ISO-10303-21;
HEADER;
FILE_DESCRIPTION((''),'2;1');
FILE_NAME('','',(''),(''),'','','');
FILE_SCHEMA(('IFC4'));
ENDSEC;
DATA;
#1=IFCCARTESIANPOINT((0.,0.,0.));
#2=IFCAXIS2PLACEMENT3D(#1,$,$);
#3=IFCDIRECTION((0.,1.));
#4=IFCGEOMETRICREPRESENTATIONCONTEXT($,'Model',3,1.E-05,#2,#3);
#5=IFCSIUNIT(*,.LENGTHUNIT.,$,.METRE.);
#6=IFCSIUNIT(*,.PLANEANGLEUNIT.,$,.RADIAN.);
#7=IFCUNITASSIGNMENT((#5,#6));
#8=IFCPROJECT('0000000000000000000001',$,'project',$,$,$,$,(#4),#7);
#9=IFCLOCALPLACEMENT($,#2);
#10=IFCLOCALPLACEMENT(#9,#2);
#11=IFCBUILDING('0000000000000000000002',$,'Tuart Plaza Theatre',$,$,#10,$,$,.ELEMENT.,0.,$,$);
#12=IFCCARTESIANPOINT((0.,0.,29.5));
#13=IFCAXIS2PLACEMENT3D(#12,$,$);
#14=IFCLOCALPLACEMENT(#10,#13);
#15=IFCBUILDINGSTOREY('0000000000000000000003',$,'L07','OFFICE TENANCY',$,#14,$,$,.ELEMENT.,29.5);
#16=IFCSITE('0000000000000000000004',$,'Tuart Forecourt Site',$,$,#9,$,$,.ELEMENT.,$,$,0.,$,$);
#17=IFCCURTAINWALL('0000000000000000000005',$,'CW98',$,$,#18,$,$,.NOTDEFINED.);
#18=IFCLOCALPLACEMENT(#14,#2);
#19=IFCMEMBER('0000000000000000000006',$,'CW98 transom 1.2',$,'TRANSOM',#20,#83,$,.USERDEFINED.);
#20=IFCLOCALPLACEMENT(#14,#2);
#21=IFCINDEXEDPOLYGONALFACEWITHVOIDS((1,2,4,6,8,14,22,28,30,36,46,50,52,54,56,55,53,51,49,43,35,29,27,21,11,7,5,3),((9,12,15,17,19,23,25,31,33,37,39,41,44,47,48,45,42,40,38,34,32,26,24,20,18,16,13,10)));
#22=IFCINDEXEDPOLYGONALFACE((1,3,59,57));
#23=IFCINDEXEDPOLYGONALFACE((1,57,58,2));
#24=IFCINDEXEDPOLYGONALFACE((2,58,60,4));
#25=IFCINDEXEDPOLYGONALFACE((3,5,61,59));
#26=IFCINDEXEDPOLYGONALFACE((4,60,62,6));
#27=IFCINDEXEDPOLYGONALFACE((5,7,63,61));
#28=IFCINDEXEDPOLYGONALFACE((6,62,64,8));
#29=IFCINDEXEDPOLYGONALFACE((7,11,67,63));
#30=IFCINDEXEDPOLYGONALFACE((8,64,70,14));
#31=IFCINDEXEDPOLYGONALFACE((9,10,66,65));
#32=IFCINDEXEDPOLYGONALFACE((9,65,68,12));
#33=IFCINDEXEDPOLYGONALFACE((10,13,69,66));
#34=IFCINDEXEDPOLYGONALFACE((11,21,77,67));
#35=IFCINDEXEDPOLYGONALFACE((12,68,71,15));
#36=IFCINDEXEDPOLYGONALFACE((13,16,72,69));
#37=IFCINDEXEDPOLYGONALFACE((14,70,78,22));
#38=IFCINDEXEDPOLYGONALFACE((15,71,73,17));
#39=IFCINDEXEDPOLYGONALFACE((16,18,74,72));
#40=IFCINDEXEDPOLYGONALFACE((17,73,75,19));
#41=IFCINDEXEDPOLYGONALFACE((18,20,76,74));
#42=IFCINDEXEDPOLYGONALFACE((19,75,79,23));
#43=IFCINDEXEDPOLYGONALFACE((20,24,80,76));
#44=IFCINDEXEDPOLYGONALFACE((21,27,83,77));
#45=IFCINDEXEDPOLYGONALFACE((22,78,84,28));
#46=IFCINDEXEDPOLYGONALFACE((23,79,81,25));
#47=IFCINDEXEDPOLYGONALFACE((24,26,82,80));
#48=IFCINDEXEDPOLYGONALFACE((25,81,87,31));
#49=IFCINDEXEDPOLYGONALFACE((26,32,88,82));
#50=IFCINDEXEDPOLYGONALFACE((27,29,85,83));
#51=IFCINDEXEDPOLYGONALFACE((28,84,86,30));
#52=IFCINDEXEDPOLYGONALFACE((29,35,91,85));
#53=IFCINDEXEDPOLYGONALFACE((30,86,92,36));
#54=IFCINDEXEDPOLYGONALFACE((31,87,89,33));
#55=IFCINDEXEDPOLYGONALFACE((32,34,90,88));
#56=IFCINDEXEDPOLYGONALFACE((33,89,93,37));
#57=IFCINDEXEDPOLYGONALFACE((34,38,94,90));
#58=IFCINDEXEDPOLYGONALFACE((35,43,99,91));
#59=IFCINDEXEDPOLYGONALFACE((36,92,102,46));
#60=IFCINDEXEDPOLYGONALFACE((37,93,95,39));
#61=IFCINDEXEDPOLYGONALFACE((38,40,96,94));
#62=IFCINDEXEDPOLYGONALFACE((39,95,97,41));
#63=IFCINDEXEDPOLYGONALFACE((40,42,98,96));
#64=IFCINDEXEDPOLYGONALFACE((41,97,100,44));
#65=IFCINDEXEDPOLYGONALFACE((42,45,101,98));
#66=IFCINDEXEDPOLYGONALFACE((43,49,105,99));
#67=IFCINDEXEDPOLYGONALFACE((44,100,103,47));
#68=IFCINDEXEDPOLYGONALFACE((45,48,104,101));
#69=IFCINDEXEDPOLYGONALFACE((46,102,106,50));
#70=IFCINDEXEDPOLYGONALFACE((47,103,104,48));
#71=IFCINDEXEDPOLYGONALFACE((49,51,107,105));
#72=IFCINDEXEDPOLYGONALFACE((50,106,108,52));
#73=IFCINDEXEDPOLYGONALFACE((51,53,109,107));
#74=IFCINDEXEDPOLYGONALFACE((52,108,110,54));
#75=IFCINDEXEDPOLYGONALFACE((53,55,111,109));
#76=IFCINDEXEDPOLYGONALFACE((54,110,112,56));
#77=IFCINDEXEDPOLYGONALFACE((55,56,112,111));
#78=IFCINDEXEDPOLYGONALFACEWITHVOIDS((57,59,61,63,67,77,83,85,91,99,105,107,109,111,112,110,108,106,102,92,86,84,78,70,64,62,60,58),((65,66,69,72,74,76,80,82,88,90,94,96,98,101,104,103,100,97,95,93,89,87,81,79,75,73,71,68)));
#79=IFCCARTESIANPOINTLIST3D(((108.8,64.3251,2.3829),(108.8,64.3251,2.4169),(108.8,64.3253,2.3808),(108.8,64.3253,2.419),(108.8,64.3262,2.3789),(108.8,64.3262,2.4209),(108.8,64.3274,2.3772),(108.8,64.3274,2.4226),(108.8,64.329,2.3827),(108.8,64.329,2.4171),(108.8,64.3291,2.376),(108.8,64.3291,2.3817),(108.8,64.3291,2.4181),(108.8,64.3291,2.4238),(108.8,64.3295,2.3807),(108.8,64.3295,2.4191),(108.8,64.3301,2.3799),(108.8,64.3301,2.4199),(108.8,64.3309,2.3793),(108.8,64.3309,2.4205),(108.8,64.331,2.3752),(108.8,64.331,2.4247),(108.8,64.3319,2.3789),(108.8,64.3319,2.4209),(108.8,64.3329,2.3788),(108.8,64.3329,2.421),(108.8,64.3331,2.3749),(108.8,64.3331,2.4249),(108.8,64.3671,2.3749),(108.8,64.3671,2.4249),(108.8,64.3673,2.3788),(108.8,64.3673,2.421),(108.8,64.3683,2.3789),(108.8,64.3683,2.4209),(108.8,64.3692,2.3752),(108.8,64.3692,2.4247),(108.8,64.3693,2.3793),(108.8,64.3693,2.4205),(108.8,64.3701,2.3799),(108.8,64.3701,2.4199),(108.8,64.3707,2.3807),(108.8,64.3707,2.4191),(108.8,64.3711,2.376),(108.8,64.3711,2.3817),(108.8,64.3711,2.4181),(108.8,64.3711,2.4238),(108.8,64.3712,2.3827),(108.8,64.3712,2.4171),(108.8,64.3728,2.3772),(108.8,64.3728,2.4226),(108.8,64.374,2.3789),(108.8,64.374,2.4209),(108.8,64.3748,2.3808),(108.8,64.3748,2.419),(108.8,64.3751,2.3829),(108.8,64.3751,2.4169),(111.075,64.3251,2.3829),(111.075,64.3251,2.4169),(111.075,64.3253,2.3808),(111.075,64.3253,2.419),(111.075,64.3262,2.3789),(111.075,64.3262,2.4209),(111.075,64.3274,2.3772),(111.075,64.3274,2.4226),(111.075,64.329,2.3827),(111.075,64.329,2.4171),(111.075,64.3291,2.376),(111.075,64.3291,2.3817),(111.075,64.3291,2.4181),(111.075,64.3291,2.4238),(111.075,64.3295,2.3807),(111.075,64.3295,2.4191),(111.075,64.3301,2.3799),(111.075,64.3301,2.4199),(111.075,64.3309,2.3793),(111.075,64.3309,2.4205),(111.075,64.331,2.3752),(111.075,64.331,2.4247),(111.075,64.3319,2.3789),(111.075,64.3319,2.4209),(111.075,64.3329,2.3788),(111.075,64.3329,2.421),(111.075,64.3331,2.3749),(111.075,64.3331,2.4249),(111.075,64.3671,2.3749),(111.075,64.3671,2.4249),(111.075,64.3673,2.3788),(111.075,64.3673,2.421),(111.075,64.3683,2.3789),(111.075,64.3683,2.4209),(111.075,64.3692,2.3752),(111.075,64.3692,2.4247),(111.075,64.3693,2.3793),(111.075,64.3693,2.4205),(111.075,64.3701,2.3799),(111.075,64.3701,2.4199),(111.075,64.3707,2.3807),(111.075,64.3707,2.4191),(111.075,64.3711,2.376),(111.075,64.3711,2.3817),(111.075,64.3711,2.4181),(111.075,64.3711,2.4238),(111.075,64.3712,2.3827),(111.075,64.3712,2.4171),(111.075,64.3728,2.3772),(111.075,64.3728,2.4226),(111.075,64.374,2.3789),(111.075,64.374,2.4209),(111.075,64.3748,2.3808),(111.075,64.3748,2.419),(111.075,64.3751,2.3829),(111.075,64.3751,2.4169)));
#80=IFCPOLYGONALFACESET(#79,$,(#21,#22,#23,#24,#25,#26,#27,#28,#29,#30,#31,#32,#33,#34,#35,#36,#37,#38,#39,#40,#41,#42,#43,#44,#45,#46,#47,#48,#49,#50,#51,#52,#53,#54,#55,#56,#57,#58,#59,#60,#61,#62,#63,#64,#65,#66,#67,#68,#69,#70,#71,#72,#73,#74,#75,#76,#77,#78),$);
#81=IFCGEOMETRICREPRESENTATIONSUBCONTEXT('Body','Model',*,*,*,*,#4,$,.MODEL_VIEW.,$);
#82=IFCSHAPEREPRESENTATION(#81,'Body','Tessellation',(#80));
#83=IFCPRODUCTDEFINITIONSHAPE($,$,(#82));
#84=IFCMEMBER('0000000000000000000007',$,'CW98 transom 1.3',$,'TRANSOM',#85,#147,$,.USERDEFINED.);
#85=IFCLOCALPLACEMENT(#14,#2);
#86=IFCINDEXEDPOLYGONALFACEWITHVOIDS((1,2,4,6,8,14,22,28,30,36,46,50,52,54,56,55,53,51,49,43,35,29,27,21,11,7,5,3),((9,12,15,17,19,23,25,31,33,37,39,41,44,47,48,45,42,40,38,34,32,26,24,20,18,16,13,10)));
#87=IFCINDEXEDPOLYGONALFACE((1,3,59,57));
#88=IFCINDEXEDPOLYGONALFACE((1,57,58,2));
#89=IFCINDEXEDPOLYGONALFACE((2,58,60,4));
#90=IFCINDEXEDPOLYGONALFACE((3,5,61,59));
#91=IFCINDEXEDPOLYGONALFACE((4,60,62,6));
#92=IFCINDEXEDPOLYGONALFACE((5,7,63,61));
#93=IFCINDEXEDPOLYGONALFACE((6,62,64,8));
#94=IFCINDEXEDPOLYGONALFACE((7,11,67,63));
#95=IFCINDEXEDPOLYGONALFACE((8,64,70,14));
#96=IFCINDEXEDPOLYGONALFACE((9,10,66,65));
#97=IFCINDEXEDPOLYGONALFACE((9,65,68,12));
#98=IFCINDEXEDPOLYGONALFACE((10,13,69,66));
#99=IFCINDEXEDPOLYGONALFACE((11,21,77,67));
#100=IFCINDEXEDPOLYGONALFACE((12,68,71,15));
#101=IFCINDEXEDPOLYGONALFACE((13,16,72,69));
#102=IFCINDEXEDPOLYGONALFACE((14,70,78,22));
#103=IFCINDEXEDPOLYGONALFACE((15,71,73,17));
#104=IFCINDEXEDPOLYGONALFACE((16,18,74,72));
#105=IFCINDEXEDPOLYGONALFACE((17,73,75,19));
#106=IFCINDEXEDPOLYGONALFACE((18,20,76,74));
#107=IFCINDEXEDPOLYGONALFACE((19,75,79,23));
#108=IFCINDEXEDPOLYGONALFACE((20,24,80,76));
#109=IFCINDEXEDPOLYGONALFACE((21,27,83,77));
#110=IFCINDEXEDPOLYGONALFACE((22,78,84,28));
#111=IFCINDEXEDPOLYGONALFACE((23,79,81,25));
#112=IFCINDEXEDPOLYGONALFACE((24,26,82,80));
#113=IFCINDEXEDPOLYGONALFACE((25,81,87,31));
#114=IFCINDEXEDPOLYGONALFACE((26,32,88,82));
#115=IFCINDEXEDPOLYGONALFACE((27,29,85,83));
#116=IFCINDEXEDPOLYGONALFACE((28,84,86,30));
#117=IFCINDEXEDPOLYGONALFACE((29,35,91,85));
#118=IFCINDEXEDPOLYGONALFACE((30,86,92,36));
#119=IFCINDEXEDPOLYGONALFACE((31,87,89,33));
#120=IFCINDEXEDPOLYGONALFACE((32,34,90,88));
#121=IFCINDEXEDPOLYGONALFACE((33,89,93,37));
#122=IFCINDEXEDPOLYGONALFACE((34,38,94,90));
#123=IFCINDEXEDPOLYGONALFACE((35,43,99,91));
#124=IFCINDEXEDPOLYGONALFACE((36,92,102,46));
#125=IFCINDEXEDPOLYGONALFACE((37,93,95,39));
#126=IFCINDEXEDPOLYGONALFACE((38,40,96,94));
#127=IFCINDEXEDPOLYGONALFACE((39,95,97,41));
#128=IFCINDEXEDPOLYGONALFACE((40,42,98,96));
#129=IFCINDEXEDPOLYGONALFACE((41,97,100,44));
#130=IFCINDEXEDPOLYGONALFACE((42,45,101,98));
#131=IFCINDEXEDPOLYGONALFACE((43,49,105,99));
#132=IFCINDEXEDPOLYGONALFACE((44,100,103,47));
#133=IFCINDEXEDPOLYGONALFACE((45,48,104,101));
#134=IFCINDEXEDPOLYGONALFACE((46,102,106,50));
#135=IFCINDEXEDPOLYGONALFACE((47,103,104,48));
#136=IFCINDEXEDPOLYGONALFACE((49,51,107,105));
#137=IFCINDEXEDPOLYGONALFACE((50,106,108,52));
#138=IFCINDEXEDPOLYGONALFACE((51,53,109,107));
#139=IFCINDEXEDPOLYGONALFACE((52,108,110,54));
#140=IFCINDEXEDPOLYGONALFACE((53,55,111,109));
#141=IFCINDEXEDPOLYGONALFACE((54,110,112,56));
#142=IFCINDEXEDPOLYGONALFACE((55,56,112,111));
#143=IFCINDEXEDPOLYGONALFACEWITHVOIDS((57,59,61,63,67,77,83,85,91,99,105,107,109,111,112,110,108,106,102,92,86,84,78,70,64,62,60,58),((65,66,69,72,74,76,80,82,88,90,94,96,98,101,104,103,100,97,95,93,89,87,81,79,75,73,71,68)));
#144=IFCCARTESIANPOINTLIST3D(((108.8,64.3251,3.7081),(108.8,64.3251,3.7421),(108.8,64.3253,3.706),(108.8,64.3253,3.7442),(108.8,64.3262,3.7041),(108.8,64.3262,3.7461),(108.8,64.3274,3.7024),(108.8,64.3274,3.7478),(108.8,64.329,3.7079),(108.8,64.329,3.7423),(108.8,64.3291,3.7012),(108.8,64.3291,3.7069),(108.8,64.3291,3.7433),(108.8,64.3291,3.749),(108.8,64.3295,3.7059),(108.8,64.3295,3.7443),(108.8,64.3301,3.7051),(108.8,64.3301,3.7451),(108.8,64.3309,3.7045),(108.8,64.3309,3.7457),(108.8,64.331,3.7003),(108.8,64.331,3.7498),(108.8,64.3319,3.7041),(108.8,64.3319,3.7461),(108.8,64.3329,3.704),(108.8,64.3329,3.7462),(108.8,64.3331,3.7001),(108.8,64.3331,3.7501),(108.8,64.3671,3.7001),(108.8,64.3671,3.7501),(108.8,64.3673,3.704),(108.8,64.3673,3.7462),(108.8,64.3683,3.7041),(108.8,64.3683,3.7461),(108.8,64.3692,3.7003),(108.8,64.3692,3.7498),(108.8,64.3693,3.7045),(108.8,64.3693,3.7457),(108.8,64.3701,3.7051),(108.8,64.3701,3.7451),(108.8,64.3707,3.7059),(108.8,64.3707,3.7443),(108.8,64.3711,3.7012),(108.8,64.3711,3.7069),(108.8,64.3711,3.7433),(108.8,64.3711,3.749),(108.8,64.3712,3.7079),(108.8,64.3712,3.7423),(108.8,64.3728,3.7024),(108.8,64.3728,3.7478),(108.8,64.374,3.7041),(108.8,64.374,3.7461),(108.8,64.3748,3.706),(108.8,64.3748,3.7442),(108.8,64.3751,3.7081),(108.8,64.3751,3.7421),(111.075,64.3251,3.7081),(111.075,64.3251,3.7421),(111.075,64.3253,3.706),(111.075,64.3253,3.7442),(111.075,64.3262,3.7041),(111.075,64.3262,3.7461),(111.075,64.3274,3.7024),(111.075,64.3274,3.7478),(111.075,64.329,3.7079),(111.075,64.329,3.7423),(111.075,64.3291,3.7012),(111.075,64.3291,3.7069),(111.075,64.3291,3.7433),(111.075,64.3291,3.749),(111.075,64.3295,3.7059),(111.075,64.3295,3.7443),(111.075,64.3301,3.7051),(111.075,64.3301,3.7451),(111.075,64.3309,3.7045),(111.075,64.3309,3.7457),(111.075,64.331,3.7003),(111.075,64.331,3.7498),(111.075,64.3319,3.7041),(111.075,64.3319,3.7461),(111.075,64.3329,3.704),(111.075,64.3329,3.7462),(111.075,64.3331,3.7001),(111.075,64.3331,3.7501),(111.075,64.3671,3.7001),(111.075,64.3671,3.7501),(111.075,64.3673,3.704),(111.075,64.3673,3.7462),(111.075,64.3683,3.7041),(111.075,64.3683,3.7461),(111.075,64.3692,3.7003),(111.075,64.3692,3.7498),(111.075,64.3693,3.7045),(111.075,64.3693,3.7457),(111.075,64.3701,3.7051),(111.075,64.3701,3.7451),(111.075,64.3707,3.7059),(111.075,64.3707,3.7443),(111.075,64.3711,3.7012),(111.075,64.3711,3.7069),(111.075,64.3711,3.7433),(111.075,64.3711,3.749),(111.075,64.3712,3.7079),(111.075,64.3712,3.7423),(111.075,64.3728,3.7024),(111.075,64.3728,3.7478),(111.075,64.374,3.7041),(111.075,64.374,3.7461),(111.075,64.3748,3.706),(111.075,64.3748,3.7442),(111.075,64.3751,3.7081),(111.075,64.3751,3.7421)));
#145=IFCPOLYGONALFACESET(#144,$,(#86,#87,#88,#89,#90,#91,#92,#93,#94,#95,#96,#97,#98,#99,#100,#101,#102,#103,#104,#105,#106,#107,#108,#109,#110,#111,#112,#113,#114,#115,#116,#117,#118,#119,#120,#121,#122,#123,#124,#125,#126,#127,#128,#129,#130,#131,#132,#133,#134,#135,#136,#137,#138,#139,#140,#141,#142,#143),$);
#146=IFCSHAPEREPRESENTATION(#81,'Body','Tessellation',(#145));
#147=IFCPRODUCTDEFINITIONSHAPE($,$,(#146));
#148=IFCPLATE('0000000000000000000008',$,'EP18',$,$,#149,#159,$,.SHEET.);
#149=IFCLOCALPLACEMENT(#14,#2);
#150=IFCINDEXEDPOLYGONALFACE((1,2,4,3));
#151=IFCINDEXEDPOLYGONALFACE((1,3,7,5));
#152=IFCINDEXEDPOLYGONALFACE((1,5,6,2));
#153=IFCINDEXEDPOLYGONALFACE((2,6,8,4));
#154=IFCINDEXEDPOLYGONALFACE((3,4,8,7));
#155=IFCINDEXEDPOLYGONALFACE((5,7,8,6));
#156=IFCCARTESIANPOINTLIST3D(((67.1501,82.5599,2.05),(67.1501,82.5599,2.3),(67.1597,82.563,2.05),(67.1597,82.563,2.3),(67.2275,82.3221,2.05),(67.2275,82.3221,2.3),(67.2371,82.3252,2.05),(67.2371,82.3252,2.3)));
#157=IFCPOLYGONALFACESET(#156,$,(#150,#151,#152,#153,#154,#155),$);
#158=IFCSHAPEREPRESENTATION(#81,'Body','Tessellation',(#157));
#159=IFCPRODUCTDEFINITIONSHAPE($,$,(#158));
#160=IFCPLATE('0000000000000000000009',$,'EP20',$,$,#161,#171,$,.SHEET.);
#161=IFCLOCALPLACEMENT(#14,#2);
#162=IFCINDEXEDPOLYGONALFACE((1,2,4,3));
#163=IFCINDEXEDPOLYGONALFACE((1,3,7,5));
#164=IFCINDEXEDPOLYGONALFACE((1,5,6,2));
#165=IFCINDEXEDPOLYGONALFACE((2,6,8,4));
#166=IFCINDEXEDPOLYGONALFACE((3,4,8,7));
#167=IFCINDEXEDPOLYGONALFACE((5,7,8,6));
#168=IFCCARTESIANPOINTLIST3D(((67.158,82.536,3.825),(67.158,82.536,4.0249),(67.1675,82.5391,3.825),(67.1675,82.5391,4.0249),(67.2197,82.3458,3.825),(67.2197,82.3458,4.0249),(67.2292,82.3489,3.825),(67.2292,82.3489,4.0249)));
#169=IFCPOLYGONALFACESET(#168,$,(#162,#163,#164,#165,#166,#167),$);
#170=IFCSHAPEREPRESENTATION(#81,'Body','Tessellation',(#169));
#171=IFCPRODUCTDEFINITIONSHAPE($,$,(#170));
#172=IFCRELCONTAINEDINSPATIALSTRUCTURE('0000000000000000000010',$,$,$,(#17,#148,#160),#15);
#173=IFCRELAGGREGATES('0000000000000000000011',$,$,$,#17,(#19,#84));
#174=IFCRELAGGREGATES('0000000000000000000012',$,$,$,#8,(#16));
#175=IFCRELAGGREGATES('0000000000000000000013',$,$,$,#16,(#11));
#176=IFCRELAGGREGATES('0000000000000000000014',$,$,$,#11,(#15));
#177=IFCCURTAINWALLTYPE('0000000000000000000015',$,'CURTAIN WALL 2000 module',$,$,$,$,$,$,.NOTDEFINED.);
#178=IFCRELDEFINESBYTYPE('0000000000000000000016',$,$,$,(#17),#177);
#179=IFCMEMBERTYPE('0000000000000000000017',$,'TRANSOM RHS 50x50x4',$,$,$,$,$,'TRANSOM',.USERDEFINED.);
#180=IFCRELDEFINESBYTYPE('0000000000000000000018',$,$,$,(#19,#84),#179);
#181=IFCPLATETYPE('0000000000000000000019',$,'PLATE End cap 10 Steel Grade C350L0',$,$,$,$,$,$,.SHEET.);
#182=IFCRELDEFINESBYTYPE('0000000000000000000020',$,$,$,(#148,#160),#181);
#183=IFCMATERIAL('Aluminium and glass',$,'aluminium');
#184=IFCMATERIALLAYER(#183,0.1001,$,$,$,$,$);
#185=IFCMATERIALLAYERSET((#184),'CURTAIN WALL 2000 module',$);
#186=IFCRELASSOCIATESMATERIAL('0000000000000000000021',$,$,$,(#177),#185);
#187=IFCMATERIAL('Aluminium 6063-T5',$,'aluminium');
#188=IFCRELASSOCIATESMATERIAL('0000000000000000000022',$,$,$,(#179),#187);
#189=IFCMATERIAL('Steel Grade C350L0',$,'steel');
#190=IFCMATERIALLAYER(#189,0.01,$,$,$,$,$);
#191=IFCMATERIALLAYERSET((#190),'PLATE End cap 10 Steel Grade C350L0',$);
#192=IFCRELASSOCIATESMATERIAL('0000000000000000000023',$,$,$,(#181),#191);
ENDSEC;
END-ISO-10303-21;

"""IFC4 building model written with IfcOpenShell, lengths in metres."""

from ifc_helpers import new_model, si_unit, direction, frame, origin, origin_2d, place, context, subcontext, project, spatial, polyline, hollow_rectangle, outline, extrude, material, layer, layer_set, material_profile, profile_set, type_object, element, aggregate, save


model = new_model("IFC4")

# Units and contexts
model_context = context("Model", 3, precision=1e-05, world=origin(), true_north=direction((0.0, 1.0)))
body_context = subcontext(model_context, "Body", "Model", "MODEL_VIEW")
ifc_project = project(units=[si_unit("LENGTHUNIT", "METRE"), si_unit("PLANEANGLEUNIT", "RADIAN")], contexts=[model_context])

# Site, building, storey
site_placement = place(None, origin())
site = spatial("IfcSite", under=ifc_project, at=site_placement, Name="Tuart Forecourt Site", CompositionType="ELEMENT", RefElevation=0.0)
building_placement = place(site_placement, origin())
building = spatial("IfcBuilding", under=site, at=building_placement, Name="Tuart Plaza Theatre", CompositionType="ELEMENT", ElevationOfRefHeight=0.0)
storey_placement = place(building_placement, frame((0.0, 0.0, 29.5)))
storey = spatial("IfcBuildingStorey", under=building, at=storey_placement, Name="L07", Description="OFFICE TENANCY", CompositionType="ELEMENT", Elevation=29.5)

# Shared definitions
ifc_material_1 = material(Name="Aluminium and glass", Category="aluminium")
ifc_layer_1 = layer(ifc_material_1, 0.1001)
ifc_layer_set_1 = layer_set([ifc_layer_1], Name="CURTAIN WALL 2000 module")
curtain_wall_type = type_object("IfcCurtainWallType", Name="CURTAIN WALL 2000 module", PredefinedType="NOTDEFINED", material=ifc_layer_set_1)

# Curtain wall, members
curtain_wall_1_placement = place(storey_placement, origin())
curtain_wall_1 = element("IfcCurtainWall", 1, at=curtain_wall_1_placement, inside=storey, type_object=curtain_wall_type, Name="CW98", PredefinedType="NOTDEFINED")
ifc_material_2 = material(Name="Aluminium 6063-T5", Category="aluminium")
ifc_material_profile_1 = material_profile(ifc_material_2, hollow_rectangle(XDim=0.05, YDim=0.05, WallThickness=0.0039, InnerFilletRadius=0.0039, OuterFilletRadius=0.0081, at=origin_2d()), Name="RHS 50x50x4")
ifc_profile_set_1 = profile_set([ifc_material_profile_1], Name="Aluminium 6063-T5")
member_type_1 = type_object("IfcMemberType", Name="TRANSOM RHS 50x50x4", ElementType="TRANSOM", PredefinedType="USERDEFINED", material=ifc_profile_set_1)
member_1_placement = place(storey_placement, frame((108.8, 64.3501, 2.3999), z_axis=(1.0, 0.0, 0.0), x_axis=(0.0, 1.0, 0.0)))
member_1 = element("IfcMember", 2, at=member_1_placement, type_object=member_type_1, Name="CW98 transom 1.2", ObjectType="TRANSOM", PredefinedType="USERDEFINED", context=body_context, shape_type="SweptSolid", body=[
    extrude(hollow_rectangle(XDim=0.05, YDim=0.05, WallThickness=0.0039, InnerFilletRadius=0.0039, OuterFilletRadius=0.0081, at=origin_2d()), origin(), (0.0, 0.0, 1.0), 2.2749),
])
member_2_placement = place(storey_placement, frame((108.8, 64.3501, 3.7251), z_axis=(1.0, 0.0, 0.0), x_axis=(0.0, 1.0, 0.0)))
member_2 = element("IfcMember", 3, at=member_2_placement, type_object=member_type_1, Name="CW98 transom 1.3", ObjectType="TRANSOM", PredefinedType="USERDEFINED", context=body_context, shape_type="SweptSolid", body=[
    extrude(hollow_rectangle(XDim=0.05, YDim=0.05, WallThickness=0.0039, InnerFilletRadius=0.0039, OuterFilletRadius=0.0081, at=origin_2d()), origin(), (0.0, 0.0, 1.0), 2.2749),
])
aggregate(curtain_wall_1, [member_1, member_2])

# Plates
ifc_material_3 = material(Name="Steel Grade C350L0", Category="steel")
ifc_layer_2 = layer(ifc_material_3, 0.01)
ifc_layer_set_2 = layer_set([ifc_layer_2], Name="PLATE End cap 10 Steel Grade C350L0")
plate_type = type_object("IfcPlateType", Name="PLATE End cap 10 Steel Grade C350L0", PredefinedType="SHEET", material=ifc_layer_set_2)
plate_1_placement = place(storey_placement, frame((67.2371, 82.3252, 2.05), z_axis=(0.950905, 0.309483, 0.0), x_axis=(-0.309483, 0.950905, 0.0)))
element("IfcPlate", 4, at=plate_1_placement, inside=storey, type_object=plate_type, Name="EP18", PredefinedType="SHEET", context=body_context, shape_type="SweptSolid", body=[
    extrude(outline(polyline([(0.0, 0.0), (0.2501, 0.0), (0.2501, 0.25), (0.0, 0.25), (0.0, 0.0)])), origin(), (0.0, 0.0, -1.0), 0.01),
])
plate_2_placement = place(storey_placement, frame((67.2292, 82.3489, 3.825), z_axis=(0.951097, 0.308893, 0.0), x_axis=(-0.308893, 0.951097, 0.0)))
element("IfcPlate", 5, at=plate_2_placement, inside=storey, type_object=plate_type, Name="EP20", PredefinedType="SHEET", context=body_context, shape_type="SweptSolid", body=[
    extrude(outline(polyline([(0.0, 0.0), (0.2, 0.0), (0.2, 0.2), (0.0, 0.2), (0.0, 0.0)])), origin(), (0.0, 0.0, -1.0), 0.01),
])

save(model, "model.ifc")
